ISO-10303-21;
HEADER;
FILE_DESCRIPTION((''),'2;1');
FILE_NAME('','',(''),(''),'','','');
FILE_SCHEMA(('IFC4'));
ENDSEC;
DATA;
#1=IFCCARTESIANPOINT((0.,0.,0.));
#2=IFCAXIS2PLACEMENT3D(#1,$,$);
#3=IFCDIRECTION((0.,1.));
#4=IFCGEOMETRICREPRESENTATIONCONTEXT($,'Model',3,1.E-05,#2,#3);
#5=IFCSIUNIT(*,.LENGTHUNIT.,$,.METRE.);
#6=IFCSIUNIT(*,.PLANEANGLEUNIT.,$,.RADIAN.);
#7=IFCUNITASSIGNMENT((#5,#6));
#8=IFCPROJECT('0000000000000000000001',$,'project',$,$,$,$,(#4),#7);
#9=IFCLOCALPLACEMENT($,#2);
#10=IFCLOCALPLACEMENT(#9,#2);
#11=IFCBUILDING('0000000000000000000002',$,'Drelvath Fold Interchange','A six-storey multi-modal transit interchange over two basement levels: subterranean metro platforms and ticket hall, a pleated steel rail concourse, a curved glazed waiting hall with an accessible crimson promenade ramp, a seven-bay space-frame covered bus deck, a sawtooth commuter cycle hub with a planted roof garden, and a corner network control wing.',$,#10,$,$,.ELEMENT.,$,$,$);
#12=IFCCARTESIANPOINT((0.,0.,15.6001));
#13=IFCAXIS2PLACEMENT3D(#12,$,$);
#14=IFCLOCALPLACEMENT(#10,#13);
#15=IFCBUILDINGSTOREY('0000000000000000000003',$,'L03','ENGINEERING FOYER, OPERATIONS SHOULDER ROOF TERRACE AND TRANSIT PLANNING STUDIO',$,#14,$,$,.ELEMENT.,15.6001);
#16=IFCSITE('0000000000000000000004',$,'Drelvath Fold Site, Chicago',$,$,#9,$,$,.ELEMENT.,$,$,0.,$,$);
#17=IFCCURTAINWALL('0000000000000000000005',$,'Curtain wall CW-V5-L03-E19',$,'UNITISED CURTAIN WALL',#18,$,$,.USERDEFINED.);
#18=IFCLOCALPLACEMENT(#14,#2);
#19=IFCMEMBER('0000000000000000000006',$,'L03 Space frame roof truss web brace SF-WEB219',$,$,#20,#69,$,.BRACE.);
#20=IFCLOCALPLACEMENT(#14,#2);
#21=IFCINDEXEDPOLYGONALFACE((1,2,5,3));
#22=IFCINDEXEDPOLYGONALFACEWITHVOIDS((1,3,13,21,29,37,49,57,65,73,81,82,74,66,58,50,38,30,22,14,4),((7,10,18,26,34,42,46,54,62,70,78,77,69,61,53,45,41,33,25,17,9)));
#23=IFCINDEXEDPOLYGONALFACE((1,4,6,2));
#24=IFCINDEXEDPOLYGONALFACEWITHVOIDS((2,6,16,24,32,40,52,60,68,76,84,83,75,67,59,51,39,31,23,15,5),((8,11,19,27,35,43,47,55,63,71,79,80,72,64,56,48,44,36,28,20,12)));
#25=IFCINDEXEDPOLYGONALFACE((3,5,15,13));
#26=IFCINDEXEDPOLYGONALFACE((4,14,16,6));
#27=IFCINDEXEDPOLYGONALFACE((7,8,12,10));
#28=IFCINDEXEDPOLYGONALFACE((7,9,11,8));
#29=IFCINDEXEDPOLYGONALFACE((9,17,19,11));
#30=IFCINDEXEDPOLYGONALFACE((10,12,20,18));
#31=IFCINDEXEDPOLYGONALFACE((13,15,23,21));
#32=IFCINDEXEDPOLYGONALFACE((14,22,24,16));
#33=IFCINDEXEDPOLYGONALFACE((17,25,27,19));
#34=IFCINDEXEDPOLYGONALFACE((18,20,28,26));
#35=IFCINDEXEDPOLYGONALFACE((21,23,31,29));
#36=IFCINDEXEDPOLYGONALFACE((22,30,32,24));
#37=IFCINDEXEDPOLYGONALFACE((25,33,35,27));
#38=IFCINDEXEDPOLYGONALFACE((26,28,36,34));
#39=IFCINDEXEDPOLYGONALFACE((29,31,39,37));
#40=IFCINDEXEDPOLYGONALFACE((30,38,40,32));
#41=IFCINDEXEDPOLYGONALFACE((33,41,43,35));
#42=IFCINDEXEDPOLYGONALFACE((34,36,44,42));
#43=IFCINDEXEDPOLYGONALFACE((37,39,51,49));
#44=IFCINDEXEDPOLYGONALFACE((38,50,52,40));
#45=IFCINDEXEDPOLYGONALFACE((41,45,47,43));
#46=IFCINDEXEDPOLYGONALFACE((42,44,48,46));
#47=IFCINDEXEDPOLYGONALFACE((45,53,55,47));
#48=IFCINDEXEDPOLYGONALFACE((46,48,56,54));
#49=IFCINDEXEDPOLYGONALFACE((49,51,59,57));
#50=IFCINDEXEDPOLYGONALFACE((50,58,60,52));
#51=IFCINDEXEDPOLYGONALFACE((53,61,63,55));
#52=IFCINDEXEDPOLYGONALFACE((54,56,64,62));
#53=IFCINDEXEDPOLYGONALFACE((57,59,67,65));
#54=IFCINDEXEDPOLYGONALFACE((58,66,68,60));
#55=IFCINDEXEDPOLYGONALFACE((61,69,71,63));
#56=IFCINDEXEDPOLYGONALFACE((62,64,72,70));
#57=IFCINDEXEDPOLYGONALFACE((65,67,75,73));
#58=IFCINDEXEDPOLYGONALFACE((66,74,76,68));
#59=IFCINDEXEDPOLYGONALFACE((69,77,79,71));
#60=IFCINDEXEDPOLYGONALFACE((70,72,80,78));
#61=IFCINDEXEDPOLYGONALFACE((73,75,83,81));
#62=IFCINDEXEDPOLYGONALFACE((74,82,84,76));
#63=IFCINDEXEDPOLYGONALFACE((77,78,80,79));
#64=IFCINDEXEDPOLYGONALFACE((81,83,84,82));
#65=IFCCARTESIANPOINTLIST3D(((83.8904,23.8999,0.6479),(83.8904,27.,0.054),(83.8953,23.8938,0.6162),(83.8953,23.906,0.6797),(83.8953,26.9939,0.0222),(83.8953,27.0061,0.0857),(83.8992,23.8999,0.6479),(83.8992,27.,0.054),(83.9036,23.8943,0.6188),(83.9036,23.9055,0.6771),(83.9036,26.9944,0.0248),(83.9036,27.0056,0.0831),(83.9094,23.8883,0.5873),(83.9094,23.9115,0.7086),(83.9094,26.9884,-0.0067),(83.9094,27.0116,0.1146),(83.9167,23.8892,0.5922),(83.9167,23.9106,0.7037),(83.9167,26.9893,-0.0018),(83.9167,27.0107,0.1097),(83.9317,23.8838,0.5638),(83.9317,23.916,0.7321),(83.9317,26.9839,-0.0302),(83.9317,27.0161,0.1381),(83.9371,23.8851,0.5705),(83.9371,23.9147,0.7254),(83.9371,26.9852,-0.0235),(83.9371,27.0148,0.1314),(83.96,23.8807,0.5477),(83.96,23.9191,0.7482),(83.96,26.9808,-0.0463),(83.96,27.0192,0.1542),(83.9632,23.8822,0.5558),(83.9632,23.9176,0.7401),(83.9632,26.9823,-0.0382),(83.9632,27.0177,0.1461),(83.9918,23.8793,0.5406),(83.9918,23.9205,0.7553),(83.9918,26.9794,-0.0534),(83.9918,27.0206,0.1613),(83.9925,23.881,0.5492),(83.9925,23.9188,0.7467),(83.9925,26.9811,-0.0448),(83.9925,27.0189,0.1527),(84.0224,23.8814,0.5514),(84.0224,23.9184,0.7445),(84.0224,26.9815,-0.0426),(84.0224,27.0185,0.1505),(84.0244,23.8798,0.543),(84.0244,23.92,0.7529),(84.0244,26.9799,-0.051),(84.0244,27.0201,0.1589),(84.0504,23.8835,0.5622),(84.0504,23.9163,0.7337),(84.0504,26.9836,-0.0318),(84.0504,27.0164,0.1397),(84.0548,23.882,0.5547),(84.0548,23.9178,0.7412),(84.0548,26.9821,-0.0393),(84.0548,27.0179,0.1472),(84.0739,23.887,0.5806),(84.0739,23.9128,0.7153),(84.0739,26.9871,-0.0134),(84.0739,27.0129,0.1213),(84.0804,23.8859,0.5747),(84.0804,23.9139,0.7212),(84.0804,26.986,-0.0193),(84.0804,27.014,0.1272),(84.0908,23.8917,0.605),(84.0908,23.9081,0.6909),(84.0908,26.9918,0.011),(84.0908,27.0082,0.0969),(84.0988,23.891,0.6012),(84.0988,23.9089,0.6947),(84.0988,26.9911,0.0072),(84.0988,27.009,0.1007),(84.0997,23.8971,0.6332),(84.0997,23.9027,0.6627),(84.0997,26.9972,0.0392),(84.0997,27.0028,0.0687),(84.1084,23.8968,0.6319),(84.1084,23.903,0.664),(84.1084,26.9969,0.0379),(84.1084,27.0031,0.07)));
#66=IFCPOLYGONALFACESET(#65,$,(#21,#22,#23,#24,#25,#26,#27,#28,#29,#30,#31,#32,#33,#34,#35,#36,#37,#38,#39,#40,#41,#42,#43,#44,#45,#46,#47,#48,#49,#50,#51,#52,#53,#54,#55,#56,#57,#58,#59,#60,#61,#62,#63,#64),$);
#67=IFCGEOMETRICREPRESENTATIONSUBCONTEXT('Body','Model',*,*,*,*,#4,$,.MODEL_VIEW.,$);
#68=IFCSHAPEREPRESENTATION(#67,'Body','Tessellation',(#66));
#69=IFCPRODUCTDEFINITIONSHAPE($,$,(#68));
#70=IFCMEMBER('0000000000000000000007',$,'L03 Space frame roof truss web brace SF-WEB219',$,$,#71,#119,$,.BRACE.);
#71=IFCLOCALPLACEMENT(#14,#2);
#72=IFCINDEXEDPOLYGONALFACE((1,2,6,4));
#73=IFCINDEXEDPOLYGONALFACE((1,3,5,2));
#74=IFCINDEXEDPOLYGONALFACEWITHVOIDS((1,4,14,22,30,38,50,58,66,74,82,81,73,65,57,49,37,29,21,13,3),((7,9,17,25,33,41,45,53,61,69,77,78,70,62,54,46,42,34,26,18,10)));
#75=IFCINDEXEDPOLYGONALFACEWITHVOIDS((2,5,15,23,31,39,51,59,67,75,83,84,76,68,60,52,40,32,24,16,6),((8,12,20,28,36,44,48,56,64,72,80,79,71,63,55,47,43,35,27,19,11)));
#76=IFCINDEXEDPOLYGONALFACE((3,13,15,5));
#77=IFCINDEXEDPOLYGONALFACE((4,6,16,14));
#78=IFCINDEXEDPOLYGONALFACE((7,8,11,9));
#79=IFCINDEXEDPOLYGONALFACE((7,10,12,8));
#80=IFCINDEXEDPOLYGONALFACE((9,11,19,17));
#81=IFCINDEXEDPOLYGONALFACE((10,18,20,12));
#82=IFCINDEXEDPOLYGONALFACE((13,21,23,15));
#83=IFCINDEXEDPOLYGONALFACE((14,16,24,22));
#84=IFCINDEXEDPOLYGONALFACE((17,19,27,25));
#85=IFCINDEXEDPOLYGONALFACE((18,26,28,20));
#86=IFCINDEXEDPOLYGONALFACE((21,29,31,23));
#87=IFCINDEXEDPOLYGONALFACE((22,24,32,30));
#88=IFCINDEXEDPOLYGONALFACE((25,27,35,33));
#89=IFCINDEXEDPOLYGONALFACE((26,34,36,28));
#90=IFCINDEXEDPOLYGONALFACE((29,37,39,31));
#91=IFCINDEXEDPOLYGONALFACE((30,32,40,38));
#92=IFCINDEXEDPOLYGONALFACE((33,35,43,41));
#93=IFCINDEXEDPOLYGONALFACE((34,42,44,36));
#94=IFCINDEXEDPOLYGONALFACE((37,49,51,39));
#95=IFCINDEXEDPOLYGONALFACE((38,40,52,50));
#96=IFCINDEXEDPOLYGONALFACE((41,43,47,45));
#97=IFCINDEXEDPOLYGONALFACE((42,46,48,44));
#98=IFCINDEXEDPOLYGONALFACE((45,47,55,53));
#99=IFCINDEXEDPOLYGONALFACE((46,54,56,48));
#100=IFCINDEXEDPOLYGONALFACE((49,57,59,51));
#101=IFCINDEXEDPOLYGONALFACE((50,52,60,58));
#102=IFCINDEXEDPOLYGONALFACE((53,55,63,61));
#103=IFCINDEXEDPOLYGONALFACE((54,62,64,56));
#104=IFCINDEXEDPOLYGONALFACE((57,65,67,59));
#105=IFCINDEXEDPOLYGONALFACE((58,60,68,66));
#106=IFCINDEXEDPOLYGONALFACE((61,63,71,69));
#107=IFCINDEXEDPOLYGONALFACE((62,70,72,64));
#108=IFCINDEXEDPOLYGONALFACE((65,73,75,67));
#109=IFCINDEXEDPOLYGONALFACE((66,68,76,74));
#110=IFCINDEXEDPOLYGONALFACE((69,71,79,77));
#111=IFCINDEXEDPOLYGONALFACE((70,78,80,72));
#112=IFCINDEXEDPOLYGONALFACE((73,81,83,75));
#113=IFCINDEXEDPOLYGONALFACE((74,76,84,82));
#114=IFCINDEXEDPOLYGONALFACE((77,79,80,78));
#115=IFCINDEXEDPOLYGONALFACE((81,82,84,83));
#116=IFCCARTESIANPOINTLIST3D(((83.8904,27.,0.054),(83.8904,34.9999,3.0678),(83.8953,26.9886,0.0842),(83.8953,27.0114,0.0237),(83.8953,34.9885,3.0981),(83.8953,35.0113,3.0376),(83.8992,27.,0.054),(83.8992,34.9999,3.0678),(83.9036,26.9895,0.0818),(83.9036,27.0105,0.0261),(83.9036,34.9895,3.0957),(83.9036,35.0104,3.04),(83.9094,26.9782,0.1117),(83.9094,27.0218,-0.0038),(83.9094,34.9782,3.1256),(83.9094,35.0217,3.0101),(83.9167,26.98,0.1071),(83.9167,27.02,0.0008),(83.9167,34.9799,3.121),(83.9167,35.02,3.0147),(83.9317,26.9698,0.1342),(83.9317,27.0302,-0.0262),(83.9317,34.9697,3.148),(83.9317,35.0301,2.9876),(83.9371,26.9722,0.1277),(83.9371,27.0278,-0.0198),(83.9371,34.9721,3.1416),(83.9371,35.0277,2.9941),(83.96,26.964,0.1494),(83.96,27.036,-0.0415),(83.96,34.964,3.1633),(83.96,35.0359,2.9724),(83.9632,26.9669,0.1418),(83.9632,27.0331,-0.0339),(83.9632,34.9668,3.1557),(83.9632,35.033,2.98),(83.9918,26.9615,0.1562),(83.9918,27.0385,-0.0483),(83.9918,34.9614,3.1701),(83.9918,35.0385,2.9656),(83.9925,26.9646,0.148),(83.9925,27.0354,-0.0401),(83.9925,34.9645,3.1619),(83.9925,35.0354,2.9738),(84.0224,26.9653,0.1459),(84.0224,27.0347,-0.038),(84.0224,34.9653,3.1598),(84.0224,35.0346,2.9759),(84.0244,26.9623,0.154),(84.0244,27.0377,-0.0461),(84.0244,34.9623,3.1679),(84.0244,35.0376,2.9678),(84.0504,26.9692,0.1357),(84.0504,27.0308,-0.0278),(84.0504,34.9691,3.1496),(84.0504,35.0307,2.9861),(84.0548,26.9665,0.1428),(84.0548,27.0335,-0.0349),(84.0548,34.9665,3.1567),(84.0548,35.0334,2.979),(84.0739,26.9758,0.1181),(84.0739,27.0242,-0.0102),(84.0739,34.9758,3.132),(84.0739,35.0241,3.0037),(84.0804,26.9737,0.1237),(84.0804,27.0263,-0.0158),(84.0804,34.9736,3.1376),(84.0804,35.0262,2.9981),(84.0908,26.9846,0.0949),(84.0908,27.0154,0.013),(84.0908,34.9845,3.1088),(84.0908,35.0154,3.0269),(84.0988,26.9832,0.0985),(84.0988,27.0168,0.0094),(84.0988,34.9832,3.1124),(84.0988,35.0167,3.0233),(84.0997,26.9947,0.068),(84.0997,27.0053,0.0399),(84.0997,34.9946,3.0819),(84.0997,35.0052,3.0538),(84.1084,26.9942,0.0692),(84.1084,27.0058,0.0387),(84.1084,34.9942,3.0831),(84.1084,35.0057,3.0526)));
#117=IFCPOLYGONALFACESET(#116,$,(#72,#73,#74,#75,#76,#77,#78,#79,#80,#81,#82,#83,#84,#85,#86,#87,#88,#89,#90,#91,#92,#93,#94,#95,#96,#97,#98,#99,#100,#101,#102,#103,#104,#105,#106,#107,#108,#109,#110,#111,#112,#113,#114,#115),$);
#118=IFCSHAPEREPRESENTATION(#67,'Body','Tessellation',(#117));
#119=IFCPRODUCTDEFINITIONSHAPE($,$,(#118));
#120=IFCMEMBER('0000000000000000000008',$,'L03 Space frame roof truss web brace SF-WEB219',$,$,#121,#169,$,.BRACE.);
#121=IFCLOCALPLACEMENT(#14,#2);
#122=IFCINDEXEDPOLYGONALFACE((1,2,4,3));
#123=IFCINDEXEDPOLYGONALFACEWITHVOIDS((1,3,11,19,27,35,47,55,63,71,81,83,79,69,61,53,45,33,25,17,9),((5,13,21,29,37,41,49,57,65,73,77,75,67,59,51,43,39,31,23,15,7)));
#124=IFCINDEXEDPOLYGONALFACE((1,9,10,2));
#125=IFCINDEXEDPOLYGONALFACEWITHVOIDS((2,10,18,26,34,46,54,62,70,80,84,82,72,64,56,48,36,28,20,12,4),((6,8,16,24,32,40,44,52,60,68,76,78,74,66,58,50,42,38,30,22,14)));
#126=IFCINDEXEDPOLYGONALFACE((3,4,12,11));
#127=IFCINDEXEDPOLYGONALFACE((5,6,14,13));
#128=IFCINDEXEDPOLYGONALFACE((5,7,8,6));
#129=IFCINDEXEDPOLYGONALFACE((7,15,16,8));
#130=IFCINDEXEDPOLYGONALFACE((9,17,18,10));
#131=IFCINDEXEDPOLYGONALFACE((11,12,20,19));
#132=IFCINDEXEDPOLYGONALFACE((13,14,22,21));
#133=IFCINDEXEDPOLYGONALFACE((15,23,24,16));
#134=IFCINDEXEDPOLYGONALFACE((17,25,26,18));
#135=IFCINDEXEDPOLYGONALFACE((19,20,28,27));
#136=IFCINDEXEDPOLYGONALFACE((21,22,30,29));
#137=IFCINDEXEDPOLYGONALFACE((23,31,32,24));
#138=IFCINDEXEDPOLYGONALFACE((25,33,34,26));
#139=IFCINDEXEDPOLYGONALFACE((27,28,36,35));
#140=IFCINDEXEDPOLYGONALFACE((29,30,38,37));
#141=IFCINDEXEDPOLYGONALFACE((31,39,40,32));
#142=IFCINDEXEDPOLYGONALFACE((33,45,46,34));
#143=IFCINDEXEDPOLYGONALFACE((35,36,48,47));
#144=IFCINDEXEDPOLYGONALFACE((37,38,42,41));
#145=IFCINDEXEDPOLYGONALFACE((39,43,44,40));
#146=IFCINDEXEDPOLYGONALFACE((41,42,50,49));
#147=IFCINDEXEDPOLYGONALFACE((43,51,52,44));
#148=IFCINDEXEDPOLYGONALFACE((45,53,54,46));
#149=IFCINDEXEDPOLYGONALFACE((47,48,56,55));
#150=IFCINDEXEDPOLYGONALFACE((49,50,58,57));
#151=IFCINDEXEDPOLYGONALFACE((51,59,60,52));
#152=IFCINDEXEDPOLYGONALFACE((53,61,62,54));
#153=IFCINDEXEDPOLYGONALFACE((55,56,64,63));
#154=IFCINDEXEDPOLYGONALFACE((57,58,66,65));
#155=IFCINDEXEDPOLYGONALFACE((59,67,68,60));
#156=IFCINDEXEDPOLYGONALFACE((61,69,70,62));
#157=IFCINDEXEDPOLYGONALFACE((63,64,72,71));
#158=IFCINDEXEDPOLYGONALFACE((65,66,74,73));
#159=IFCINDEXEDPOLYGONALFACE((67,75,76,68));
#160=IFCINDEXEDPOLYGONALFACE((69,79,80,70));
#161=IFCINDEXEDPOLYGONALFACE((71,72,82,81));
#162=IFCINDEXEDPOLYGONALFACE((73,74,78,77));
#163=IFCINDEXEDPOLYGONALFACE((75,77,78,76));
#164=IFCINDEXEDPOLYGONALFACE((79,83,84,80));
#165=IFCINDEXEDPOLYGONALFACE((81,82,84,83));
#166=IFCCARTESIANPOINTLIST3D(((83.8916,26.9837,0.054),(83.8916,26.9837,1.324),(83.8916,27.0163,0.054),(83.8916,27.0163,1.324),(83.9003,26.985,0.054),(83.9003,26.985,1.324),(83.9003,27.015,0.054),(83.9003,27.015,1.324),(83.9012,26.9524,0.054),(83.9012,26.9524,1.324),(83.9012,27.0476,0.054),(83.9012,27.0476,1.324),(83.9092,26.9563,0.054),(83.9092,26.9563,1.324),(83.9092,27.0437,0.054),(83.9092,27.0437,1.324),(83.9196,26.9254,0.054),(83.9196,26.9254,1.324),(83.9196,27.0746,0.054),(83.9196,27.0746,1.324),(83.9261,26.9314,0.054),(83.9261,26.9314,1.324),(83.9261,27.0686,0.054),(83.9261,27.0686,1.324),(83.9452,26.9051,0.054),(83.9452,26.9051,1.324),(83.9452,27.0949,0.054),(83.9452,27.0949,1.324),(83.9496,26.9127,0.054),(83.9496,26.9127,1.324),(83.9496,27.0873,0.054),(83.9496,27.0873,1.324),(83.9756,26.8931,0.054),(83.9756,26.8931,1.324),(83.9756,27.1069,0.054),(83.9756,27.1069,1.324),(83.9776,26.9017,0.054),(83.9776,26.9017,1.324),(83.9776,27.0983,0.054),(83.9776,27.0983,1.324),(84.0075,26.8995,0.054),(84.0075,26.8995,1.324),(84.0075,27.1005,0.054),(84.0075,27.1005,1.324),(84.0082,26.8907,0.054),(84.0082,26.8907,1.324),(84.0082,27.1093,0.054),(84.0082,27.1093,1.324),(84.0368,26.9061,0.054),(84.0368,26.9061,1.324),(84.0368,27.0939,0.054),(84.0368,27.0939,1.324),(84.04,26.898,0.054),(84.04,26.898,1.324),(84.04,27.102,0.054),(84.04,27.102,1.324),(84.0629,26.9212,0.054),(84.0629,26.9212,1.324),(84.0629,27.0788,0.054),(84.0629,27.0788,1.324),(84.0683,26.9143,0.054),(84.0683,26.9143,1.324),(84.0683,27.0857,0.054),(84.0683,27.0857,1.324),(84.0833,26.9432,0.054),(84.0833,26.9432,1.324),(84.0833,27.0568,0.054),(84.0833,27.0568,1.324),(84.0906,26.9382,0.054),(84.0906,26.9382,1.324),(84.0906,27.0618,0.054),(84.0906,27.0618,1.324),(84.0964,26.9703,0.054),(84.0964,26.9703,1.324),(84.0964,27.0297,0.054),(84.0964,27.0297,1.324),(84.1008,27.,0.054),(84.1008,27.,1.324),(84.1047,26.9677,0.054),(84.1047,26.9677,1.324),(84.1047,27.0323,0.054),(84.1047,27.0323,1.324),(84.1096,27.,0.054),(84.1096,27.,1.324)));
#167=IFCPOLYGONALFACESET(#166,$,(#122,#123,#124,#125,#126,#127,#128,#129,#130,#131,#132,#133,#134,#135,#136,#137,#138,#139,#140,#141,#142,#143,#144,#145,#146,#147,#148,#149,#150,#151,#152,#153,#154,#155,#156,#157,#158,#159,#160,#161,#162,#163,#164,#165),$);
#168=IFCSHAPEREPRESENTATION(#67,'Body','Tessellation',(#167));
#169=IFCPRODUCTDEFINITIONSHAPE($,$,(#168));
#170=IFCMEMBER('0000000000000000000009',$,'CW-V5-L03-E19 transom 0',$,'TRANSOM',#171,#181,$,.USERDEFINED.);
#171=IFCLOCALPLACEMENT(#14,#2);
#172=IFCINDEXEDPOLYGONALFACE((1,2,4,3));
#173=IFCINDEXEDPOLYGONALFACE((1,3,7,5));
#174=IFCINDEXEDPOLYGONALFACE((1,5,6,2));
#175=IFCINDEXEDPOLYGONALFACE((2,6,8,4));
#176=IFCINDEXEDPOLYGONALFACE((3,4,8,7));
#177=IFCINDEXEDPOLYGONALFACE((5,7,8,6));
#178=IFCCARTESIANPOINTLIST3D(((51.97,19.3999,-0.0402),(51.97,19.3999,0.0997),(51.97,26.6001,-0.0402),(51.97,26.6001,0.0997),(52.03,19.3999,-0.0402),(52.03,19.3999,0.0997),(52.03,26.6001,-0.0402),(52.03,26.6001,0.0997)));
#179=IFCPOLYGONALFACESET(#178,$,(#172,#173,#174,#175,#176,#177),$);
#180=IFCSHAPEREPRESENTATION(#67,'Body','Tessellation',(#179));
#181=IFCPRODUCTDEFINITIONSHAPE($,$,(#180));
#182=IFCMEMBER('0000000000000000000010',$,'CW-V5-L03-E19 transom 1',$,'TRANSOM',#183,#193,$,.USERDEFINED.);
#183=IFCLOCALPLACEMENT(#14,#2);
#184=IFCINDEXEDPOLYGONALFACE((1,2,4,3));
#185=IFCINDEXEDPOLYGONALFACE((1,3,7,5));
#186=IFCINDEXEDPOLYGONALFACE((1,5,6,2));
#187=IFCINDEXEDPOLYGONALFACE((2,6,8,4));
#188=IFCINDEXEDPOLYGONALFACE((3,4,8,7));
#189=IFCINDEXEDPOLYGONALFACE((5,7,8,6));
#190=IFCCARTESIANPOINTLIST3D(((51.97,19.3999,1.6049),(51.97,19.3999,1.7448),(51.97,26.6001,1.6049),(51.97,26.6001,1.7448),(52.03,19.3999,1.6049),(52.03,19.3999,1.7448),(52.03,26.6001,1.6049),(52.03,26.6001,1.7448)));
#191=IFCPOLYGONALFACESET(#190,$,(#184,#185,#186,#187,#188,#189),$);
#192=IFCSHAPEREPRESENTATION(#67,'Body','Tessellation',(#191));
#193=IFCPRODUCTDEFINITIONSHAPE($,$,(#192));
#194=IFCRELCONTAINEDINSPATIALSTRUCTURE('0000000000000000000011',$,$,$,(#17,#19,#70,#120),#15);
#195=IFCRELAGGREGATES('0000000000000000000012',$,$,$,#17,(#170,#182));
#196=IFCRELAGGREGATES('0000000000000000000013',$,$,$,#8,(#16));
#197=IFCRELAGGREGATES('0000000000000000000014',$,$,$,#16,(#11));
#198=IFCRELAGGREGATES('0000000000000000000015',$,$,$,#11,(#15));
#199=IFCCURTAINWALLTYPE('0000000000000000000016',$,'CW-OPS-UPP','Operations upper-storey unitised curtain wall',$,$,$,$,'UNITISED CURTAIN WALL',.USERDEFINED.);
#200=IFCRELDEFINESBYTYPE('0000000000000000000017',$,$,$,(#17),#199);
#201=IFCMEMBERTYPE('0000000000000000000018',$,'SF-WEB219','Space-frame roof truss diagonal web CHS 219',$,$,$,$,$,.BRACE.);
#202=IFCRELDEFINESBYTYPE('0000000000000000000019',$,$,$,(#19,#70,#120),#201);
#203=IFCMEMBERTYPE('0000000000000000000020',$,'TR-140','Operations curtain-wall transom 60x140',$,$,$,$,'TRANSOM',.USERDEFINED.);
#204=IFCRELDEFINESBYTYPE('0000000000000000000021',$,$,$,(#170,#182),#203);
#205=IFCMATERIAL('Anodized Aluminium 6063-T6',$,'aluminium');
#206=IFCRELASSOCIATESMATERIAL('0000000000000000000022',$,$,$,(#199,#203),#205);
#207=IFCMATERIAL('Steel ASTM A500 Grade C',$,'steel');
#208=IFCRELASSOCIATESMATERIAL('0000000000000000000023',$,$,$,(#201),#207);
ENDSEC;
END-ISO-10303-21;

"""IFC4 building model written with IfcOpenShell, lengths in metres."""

from ifc_helpers import new_model, si_unit, direction, frame, origin, origin_2d, place, context, subcontext, project, spatial, rectangle, hollow_circle, extrude, material, material_profile, profile_set, type_object, element, aggregate, save


model = new_model("IFC4")

# Units and contexts
model_context = context("Model", 3, precision=1e-05, world=origin(), true_north=direction((0.0, 1.0)))
body_context = subcontext(model_context, "Body", "Model", "MODEL_VIEW")
ifc_project = project(units=[si_unit("LENGTHUNIT", "METRE"), si_unit("PLANEANGLEUNIT", "RADIAN")], contexts=[model_context])

# Site, building, storey
site_placement = place(None, origin())
site = spatial("IfcSite", under=ifc_project, at=site_placement, Name="Drelvath Fold Site, Chicago", CompositionType="ELEMENT", RefElevation=0.0)
building_placement = place(site_placement, origin())
building = spatial("IfcBuilding", under=site, at=building_placement, Name="Drelvath Fold Interchange", Description="A six-storey multi-modal transit interchange over two basement levels: subterranean metro platforms and ticket hall, a pleated steel rail concourse, a curved glazed waiting hall with an accessible crimson promenade ramp, a seven-bay space-frame covered bus deck, a sawtooth commuter cycle hub with a planted roof garden, and a corner network control wing.", CompositionType="ELEMENT")
storey_placement = place(building_placement, frame((0.0, 0.0, 15.6001)))
storey = spatial("IfcBuildingStorey", under=building, at=storey_placement, Name="L03", Description="ENGINEERING FOYER, OPERATIONS SHOULDER ROOF TERRACE AND TRANSIT PLANNING STUDIO", CompositionType="ELEMENT", Elevation=15.6001)

# Curtain wall
ifc_material_1 = material(Name="Anodized Aluminium 6063-T6", Category="aluminium")
curtain_wall_type = type_object("IfcCurtainWallType", Name="CW-OPS-UPP", Description="Operations upper-storey unitised curtain wall", ElementType="UNITISED CURTAIN WALL", PredefinedType="USERDEFINED", material=ifc_material_1)
curtain_wall_placement = place(storey_placement, origin())
curtain_wall = element("IfcCurtainWall", 1, at=curtain_wall_placement, inside=storey, type_object=curtain_wall_type, Name="Curtain wall CW-V5-L03-E19", ObjectType="UNITISED CURTAIN WALL", PredefinedType="USERDEFINED")

# Shared definitions
ifc_material_2 = material(Name="Steel ASTM A500 Grade C", Category="steel")

# Members
ifc_material_profile_1 = material_profile(ifc_material_2, hollow_circle(Radius=0.1096, WallThickness=0.0088, at=origin_2d()), Name="HSS8.625X0.375")
ifc_profile_set_1 = profile_set([ifc_material_profile_1], Name="Steel ASTM A500 Grade C")
member_type_1 = type_object("IfcMemberType", Name="SF-WEB219", Description="Space-frame roof truss diagonal web CHS 219", PredefinedType="BRACE", material=ifc_profile_set_1)
member_1_placement = place(storey_placement, frame((84.0, 23.8999, 0.6479), z_axis=(0.0, 0.982134, -0.188182), x_axis=(-1.0, 0.0, 0.0)))
element("IfcMember", 2, at=member_1_placement, inside=storey, type_object=member_type_1, Name="L03 Space frame roof truss web brace SF-WEB219", PredefinedType="BRACE", context=body_context, shape_type="SweptSolid", body=[
    extrude(hollow_circle(Radius=0.1096, WallThickness=0.0088, at=origin_2d()), origin(), (0.0, 0.0, 1.0), 3.1565),
])
member_2_placement = place(storey_placement, frame((84.0, 27.0, 0.054), z_axis=(0.0, 0.935793, 0.35255), x_axis=(-1.0, 0.0, 0.0)))
element("IfcMember", 3, at=member_2_placement, inside=storey, type_object=member_type_1, Name="L03 Space frame roof truss web brace SF-WEB219", PredefinedType="BRACE", context=body_context, shape_type="SweptSolid", body=[
    extrude(hollow_circle(Radius=0.1096, WallThickness=0.0088, at=origin_2d()), origin(), (0.0, 0.0, 1.0), 8.5488),
])
member_3_placement = place(storey_placement, frame((84.0, 27.0, 0.054), z_axis=(0.0, 0.0, 1.0), x_axis=(1.0, 0.0, 0.0)))
element("IfcMember", 4, at=member_3_placement, inside=storey, type_object=member_type_1, Name="L03 Space frame roof truss web brace SF-WEB219", PredefinedType="BRACE", context=body_context, shape_type="SweptSolid", body=[
    extrude(hollow_circle(Radius=0.1096, WallThickness=0.0088, at=origin_2d()), origin(), (0.0, 0.0, 1.0), 1.27),
])

# Members
ifc_material_profile_2 = material_profile(ifc_material_1, rectangle(XDim=0.0601, YDim=0.1399, at=origin_2d()), Name="AL-T 60x140")
ifc_profile_set_2 = profile_set([ifc_material_profile_2], Name="Anodized Aluminium 6063-T6")
member_type_2 = type_object("IfcMemberType", Name="TR-140", Description="Operations curtain-wall transom 60x140", ElementType="TRANSOM", PredefinedType="USERDEFINED", material=ifc_profile_set_2)
member_4_placement = place(storey_placement, frame((52.0, 19.3999, 0.0298), z_axis=(0.0, 1.0, 0.0), x_axis=(-1.0, 0.0, 0.0)))
member_4 = element("IfcMember", 5, at=member_4_placement, type_object=member_type_2, Name="CW-V5-L03-E19 transom 0", ObjectType="TRANSOM", PredefinedType="USERDEFINED", context=body_context, shape_type="SweptSolid", body=[
    extrude(rectangle(XDim=0.0601, YDim=0.1399, at=origin_2d()), origin(), (0.0, 0.0, 1.0), 7.2002),
])
member_5_placement = place(storey_placement, frame((52.0, 19.3999, 1.6748), z_axis=(0.0, 1.0, 0.0), x_axis=(-1.0, 0.0, 0.0)))
member_5 = element("IfcMember", 6, at=member_5_placement, type_object=member_type_2, Name="CW-V5-L03-E19 transom 1", ObjectType="TRANSOM", PredefinedType="USERDEFINED", context=body_context, shape_type="SweptSolid", body=[
    extrude(rectangle(XDim=0.0601, YDim=0.1399, at=origin_2d()), origin(), (0.0, 0.0, 1.0), 7.2002),
])

aggregate(curtain_wall, [member_4, member_5])

save(model, "model.ifc")
